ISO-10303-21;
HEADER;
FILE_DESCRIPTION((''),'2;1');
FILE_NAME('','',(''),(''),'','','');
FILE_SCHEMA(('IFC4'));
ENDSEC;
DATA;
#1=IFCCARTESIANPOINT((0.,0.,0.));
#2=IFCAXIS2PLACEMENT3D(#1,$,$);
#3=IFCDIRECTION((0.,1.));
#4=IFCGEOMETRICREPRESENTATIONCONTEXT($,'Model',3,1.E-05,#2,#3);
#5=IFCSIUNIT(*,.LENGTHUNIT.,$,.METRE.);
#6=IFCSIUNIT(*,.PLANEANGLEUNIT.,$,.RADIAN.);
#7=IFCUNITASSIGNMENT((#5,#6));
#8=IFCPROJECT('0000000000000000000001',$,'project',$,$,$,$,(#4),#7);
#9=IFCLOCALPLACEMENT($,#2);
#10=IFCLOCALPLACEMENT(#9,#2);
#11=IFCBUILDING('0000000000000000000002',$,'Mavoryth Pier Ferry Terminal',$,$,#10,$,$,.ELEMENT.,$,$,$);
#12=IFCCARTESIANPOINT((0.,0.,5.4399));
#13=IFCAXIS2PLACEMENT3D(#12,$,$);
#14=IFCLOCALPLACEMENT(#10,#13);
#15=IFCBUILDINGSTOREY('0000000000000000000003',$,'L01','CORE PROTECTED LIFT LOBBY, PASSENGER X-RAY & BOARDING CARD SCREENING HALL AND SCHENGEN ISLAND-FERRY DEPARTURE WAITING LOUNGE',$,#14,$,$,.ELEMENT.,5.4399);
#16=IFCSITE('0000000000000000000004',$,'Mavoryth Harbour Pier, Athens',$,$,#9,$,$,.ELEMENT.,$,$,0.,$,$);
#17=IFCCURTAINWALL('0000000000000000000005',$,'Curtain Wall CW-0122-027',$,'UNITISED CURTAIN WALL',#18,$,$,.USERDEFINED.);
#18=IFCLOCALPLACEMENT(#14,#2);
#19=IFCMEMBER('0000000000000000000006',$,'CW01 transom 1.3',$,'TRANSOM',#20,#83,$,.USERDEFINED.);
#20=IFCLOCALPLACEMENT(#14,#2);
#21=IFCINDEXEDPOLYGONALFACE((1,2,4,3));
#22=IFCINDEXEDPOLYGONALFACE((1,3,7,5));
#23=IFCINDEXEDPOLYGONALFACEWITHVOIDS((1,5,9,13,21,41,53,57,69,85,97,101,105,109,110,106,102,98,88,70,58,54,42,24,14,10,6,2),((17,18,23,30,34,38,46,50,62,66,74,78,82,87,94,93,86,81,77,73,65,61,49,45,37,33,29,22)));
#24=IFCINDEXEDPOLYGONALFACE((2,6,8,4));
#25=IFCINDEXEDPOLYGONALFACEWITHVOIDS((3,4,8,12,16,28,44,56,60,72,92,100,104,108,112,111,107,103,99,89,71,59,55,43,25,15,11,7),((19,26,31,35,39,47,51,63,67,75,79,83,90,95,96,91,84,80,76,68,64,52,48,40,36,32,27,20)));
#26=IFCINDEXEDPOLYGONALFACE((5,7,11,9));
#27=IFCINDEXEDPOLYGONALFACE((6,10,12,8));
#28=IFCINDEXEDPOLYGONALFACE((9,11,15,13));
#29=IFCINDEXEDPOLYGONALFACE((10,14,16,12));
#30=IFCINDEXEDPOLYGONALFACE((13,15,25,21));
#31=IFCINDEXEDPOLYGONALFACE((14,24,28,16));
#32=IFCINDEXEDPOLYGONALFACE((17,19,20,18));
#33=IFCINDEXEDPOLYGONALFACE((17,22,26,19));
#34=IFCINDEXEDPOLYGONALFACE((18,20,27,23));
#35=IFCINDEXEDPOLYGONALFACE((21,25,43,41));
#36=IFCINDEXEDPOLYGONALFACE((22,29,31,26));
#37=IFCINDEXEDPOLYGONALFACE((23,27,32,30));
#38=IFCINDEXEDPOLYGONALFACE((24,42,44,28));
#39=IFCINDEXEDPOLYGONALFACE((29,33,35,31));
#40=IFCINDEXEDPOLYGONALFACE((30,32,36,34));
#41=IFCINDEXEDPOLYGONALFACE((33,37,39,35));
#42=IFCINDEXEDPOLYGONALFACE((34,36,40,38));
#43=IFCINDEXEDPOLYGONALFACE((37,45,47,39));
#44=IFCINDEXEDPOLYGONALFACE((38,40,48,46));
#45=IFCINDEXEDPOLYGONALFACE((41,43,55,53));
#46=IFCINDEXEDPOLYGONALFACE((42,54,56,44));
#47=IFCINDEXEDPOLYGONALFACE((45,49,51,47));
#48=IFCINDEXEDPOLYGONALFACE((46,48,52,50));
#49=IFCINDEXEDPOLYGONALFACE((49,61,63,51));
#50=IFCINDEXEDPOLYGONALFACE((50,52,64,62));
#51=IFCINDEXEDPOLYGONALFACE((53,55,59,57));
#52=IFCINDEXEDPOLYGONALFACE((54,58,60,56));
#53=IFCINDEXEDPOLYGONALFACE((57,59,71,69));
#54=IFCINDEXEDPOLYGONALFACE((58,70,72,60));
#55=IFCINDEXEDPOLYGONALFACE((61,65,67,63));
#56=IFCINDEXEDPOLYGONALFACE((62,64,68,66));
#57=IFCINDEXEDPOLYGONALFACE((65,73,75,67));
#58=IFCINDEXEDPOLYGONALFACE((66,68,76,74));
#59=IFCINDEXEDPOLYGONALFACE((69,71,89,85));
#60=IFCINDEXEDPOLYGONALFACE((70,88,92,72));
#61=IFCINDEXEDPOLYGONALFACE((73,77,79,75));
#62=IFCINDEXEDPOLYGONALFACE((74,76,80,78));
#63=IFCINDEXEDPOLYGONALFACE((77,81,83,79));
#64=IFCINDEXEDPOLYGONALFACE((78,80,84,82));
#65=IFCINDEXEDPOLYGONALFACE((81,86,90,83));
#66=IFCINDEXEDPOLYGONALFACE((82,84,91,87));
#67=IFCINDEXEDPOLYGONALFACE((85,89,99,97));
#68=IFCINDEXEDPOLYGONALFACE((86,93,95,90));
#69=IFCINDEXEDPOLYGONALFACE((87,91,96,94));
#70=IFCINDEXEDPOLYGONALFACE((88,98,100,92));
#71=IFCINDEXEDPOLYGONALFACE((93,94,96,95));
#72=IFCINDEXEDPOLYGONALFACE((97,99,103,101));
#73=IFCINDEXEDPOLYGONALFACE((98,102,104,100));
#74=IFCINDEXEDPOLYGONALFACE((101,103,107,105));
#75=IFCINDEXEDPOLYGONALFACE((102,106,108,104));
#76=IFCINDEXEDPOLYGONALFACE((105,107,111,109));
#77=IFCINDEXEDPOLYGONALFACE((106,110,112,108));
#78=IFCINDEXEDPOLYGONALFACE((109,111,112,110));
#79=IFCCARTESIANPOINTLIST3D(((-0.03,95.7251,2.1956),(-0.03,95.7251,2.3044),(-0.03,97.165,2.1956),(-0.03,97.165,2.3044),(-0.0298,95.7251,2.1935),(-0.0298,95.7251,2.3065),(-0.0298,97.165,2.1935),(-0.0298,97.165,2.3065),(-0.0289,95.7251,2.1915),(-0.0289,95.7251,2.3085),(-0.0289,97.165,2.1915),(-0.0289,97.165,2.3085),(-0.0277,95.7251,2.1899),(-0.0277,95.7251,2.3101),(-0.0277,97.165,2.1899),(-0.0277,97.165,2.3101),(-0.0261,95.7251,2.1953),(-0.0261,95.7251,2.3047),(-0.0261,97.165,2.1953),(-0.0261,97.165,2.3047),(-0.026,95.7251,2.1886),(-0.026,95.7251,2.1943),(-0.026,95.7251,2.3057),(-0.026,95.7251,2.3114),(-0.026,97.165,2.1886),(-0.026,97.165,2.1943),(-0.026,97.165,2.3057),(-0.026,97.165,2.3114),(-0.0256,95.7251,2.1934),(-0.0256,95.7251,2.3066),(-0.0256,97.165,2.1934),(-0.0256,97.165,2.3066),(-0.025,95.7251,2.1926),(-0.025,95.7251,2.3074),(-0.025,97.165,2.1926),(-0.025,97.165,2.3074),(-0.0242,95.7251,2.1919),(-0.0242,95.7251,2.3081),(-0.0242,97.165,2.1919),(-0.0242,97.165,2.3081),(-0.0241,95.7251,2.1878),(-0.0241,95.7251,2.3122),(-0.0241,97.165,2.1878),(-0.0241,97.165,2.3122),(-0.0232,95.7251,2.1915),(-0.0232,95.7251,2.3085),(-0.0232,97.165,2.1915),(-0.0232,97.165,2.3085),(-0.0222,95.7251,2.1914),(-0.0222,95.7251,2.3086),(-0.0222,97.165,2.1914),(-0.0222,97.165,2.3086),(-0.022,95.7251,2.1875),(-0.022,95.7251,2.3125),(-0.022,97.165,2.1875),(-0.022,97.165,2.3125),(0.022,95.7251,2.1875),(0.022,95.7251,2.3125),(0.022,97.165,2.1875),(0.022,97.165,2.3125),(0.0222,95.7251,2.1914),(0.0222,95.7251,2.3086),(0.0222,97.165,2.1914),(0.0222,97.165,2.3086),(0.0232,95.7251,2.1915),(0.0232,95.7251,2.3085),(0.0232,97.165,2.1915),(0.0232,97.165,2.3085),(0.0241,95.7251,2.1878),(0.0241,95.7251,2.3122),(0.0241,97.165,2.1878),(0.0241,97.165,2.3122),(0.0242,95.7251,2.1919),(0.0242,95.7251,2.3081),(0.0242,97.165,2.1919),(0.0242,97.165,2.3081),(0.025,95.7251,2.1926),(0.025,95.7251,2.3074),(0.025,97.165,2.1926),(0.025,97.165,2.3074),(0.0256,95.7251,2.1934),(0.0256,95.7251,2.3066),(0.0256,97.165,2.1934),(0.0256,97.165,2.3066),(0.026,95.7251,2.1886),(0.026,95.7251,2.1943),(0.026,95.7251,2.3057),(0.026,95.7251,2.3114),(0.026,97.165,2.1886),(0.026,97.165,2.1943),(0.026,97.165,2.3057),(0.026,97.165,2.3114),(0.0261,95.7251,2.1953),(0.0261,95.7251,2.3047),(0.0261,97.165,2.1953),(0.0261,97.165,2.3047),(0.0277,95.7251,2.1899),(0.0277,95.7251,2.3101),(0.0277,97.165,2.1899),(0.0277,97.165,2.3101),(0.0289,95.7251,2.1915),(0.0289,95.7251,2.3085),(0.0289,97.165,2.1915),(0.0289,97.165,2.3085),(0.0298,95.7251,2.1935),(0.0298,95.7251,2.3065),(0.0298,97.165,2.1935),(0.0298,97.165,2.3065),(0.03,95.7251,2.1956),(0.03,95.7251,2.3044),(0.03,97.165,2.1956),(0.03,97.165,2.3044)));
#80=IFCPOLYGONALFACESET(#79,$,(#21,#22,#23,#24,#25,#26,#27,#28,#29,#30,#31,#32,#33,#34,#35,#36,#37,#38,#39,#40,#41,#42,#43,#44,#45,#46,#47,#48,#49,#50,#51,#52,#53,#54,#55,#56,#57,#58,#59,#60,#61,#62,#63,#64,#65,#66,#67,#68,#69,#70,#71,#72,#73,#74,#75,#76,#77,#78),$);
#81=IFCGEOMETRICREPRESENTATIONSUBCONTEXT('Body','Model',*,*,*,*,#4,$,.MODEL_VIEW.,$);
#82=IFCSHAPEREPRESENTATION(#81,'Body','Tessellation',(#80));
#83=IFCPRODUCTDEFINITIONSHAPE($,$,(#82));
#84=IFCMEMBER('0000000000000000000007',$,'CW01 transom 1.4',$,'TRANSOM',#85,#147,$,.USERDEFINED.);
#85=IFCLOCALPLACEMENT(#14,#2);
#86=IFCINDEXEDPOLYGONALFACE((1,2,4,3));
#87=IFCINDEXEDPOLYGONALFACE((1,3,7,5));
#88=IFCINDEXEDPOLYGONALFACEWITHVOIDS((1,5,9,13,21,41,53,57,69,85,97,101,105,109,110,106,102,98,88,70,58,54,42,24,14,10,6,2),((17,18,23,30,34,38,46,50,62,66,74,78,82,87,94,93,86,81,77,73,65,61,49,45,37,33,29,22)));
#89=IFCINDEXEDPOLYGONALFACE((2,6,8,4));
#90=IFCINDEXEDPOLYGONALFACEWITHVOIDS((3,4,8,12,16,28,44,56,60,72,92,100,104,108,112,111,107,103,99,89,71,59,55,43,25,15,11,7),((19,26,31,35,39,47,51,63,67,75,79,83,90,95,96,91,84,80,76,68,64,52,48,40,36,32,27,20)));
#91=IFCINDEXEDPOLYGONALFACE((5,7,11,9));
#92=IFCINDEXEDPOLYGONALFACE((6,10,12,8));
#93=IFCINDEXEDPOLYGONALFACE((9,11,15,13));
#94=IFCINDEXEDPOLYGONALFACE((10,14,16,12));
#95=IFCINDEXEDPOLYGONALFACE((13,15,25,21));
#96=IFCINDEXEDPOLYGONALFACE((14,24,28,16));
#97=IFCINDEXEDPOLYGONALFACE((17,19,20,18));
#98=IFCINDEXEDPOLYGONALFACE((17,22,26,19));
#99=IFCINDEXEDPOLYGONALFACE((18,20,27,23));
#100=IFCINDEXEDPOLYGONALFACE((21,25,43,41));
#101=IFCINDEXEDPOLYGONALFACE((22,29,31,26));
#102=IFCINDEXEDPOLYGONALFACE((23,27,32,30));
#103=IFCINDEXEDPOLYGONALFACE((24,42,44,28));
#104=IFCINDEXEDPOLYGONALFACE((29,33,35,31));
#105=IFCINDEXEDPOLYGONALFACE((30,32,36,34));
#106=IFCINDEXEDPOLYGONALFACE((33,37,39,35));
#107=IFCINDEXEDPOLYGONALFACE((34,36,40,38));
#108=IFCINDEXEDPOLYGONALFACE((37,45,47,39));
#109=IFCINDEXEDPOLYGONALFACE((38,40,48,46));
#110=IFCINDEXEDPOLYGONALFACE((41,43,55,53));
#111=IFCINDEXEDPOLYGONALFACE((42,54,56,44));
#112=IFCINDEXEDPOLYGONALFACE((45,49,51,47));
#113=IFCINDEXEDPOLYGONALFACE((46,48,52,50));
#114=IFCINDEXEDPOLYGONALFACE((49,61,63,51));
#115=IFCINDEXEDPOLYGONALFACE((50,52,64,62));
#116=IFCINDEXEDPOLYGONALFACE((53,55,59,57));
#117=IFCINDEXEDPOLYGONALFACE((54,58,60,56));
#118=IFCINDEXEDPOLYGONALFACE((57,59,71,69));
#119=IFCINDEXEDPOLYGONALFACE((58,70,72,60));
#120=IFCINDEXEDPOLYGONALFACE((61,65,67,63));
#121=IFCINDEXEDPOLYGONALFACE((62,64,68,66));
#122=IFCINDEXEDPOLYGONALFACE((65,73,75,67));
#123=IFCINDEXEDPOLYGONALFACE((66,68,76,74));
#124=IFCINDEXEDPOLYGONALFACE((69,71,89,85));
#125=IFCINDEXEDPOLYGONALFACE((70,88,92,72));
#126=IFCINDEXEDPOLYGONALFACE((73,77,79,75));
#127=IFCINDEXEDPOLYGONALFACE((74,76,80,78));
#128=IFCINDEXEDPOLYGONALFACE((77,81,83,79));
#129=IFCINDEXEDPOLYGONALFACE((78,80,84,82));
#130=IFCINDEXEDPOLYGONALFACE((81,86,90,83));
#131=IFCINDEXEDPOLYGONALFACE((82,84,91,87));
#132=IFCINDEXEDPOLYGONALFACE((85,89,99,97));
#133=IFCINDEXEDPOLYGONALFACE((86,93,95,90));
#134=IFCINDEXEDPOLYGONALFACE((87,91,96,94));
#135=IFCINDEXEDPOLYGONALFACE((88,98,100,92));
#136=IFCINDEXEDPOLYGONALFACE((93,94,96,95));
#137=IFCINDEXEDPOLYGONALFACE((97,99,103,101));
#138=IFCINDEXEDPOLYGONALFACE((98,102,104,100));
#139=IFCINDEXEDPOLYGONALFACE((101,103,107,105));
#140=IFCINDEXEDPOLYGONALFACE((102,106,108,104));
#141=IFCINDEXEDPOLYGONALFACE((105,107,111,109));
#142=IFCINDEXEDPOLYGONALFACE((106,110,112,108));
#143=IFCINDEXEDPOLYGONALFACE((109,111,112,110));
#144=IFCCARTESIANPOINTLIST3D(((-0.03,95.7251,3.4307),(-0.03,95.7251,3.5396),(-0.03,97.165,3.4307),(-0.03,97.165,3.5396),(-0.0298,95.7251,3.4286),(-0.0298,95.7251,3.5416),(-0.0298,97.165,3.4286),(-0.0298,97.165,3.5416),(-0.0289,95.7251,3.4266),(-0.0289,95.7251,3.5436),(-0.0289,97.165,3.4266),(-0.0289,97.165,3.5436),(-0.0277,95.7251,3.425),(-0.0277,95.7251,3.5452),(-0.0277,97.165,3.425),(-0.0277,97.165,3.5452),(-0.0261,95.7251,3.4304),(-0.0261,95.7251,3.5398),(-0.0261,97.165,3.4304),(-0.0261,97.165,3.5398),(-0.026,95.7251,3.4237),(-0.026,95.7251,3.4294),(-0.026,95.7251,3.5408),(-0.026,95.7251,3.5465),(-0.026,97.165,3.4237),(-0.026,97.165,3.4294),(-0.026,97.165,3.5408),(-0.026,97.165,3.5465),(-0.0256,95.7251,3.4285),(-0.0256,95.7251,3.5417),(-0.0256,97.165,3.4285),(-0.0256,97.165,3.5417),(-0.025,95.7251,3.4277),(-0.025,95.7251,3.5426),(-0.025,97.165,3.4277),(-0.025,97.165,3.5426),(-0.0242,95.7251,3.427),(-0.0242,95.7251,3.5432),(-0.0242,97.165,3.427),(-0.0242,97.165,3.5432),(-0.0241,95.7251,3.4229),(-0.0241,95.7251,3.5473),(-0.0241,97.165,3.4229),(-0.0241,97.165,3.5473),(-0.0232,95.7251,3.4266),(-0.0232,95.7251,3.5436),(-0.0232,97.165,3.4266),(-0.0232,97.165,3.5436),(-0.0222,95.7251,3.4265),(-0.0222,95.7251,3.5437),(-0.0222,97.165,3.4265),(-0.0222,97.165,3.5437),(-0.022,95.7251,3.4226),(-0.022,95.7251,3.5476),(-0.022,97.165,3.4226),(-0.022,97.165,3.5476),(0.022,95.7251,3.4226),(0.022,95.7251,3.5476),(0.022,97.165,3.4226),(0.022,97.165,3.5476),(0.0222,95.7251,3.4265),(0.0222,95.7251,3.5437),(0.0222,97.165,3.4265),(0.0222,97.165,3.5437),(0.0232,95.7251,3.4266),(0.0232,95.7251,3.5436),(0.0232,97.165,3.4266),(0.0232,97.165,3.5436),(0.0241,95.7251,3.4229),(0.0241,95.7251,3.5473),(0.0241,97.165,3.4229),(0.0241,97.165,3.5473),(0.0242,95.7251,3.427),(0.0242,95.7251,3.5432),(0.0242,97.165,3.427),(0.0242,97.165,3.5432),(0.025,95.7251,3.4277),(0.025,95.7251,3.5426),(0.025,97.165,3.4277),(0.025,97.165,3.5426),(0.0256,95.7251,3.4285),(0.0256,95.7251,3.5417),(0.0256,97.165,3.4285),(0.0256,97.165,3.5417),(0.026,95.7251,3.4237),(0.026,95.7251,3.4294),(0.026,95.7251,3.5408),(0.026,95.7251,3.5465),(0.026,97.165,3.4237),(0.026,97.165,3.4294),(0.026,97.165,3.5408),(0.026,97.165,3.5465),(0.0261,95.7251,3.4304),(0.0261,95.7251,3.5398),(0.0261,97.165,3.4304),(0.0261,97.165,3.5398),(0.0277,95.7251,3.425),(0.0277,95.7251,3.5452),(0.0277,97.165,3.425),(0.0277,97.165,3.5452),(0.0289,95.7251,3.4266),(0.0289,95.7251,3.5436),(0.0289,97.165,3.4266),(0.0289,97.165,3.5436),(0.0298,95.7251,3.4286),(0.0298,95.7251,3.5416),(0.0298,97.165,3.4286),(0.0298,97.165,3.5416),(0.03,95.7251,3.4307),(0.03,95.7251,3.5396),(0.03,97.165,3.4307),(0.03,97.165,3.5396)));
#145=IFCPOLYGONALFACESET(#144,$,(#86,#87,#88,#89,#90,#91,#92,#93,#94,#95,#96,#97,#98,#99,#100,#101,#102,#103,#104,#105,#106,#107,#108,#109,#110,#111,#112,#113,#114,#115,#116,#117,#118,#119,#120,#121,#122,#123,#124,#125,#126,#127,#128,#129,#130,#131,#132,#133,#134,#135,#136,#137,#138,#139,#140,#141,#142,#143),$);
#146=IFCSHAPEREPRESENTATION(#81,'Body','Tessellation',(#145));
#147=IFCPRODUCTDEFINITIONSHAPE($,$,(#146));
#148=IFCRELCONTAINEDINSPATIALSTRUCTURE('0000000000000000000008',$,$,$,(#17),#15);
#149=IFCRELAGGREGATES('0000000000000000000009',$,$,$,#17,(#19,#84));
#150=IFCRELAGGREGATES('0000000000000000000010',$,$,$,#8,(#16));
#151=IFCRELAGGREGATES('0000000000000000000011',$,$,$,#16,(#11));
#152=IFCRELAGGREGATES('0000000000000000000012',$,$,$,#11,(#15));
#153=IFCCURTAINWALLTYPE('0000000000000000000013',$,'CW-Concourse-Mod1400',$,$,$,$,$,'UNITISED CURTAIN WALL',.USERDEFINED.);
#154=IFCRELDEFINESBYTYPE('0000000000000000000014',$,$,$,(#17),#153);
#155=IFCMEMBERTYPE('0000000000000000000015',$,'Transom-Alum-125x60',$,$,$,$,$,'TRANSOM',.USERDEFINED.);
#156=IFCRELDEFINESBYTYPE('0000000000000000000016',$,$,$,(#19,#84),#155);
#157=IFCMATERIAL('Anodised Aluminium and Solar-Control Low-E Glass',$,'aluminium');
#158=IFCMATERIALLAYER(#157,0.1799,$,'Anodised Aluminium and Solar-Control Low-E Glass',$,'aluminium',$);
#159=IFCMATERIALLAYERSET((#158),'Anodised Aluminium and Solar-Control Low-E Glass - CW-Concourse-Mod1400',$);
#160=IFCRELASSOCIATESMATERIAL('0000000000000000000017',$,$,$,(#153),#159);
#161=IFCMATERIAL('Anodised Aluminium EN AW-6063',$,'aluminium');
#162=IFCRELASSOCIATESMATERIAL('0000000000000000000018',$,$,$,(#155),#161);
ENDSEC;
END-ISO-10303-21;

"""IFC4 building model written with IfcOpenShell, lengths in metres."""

from ifc_helpers import new_model, si_unit, direction, frame, origin, origin_2d, place, context, subcontext, project, spatial, hollow_rectangle, extrude, material, layer, layer_set, material_profile, profile_set, type_object, element, aggregate, save


model = new_model("IFC4")

# Units and contexts
model_context = context("Model", 3, precision=1e-05, world=origin(), true_north=direction((0.0, 1.0)))
body_context = subcontext(model_context, "Body", "Model", "MODEL_VIEW")
ifc_project = project(units=[si_unit("LENGTHUNIT", "METRE"), si_unit("PLANEANGLEUNIT", "RADIAN")], contexts=[model_context])

# Site, building, storey
site_placement = place(None, origin())
site = spatial("IfcSite", under=ifc_project, at=site_placement, Name="Mavoryth Harbour Pier, Athens", CompositionType="ELEMENT", RefElevation=0.0)
building_placement = place(site_placement, origin())
building = spatial("IfcBuilding", under=site, at=building_placement, Name="Mavoryth Pier Ferry Terminal", CompositionType="ELEMENT")
storey_placement = place(building_placement, frame((0.0, 0.0, 5.4399)))
storey = spatial("IfcBuildingStorey", under=building, at=storey_placement, Name="L01", Description="CORE PROTECTED LIFT LOBBY, PASSENGER X-RAY & BOARDING CARD SCREENING HALL AND SCHENGEN ISLAND-FERRY DEPARTURE WAITING LOUNGE", CompositionType="ELEMENT", Elevation=5.4399)

# Curtain wall, members
ifc_material_1 = material(Name="Anodised Aluminium and Solar-Control Low-E Glass", Category="aluminium")
ifc_layer_1 = layer(ifc_material_1, 0.1799, Name="Anodised Aluminium and Solar-Control Low-E Glass", Category="aluminium")
ifc_layer_set_1 = layer_set([ifc_layer_1], Name="Anodised Aluminium and Solar-Control Low-E Glass - CW-Concourse-Mod1400")
curtain_wall_type = type_object("IfcCurtainWallType", Name="CW-Concourse-Mod1400", ElementType="UNITISED CURTAIN WALL", PredefinedType="USERDEFINED", material=ifc_layer_set_1)
curtain_wall_placement = place(storey_placement, origin())
curtain_wall = element("IfcCurtainWall", 1, at=curtain_wall_placement, inside=storey, type_object=curtain_wall_type, Name="Curtain Wall CW-0122-027", ObjectType="UNITISED CURTAIN WALL", PredefinedType="USERDEFINED")
ifc_material_2 = material(Name="Anodised Aluminium EN AW-6063", Category="aluminium")
ifc_material_profile_1 = material_profile(ifc_material_2, hollow_rectangle(XDim=0.0601, YDim=0.125, WallThickness=0.0039, InnerFilletRadius=0.0039, OuterFilletRadius=0.0081, at=origin_2d()), Name="AL-TRAN 125x60x4", Category="aluminium")
ifc_profile_set_1 = profile_set([ifc_material_profile_1], Name="Anodised Aluminium EN AW-6063 - AL-TRAN 125x60x4")
member_type_1 = type_object("IfcMemberType", Name="Transom-Alum-125x60", ElementType="TRANSOM", PredefinedType="USERDEFINED", material=ifc_profile_set_1)
member_1_placement = place(storey_placement, frame((0.0, 97.165, 2.25), z_axis=(0.0, -1.0, 0.0), x_axis=(1.0, 0.0, 0.0)))
member_1 = element("IfcMember", 2, at=member_1_placement, type_object=member_type_1, Name="CW01 transom 1.3", ObjectType="TRANSOM", PredefinedType="USERDEFINED", context=body_context, shape_type="SweptSolid", body=[
    extrude(hollow_rectangle(XDim=0.0601, YDim=0.125, WallThickness=0.0039, InnerFilletRadius=0.0039, OuterFilletRadius=0.0081, at=origin_2d()), origin(), (0.0, 0.0, 1.0), 1.4399),
])
member_2_placement = place(storey_placement, frame((0.0, 97.165, 3.4851), z_axis=(0.0, -1.0, 0.0), x_axis=(1.0, 0.0, 0.0)))
member_2 = element("IfcMember", 3, at=member_2_placement, type_object=member_type_1, Name="CW01 transom 1.4", ObjectType="TRANSOM", PredefinedType="USERDEFINED", context=body_context, shape_type="SweptSolid", body=[
    extrude(hollow_rectangle(XDim=0.0601, YDim=0.125, WallThickness=0.0039, InnerFilletRadius=0.0039, OuterFilletRadius=0.0081, at=origin_2d()), origin(), (0.0, 0.0, 1.0), 1.4399),
])
aggregate(curtain_wall, [member_1, member_2])

save(model, "model.ifc")
